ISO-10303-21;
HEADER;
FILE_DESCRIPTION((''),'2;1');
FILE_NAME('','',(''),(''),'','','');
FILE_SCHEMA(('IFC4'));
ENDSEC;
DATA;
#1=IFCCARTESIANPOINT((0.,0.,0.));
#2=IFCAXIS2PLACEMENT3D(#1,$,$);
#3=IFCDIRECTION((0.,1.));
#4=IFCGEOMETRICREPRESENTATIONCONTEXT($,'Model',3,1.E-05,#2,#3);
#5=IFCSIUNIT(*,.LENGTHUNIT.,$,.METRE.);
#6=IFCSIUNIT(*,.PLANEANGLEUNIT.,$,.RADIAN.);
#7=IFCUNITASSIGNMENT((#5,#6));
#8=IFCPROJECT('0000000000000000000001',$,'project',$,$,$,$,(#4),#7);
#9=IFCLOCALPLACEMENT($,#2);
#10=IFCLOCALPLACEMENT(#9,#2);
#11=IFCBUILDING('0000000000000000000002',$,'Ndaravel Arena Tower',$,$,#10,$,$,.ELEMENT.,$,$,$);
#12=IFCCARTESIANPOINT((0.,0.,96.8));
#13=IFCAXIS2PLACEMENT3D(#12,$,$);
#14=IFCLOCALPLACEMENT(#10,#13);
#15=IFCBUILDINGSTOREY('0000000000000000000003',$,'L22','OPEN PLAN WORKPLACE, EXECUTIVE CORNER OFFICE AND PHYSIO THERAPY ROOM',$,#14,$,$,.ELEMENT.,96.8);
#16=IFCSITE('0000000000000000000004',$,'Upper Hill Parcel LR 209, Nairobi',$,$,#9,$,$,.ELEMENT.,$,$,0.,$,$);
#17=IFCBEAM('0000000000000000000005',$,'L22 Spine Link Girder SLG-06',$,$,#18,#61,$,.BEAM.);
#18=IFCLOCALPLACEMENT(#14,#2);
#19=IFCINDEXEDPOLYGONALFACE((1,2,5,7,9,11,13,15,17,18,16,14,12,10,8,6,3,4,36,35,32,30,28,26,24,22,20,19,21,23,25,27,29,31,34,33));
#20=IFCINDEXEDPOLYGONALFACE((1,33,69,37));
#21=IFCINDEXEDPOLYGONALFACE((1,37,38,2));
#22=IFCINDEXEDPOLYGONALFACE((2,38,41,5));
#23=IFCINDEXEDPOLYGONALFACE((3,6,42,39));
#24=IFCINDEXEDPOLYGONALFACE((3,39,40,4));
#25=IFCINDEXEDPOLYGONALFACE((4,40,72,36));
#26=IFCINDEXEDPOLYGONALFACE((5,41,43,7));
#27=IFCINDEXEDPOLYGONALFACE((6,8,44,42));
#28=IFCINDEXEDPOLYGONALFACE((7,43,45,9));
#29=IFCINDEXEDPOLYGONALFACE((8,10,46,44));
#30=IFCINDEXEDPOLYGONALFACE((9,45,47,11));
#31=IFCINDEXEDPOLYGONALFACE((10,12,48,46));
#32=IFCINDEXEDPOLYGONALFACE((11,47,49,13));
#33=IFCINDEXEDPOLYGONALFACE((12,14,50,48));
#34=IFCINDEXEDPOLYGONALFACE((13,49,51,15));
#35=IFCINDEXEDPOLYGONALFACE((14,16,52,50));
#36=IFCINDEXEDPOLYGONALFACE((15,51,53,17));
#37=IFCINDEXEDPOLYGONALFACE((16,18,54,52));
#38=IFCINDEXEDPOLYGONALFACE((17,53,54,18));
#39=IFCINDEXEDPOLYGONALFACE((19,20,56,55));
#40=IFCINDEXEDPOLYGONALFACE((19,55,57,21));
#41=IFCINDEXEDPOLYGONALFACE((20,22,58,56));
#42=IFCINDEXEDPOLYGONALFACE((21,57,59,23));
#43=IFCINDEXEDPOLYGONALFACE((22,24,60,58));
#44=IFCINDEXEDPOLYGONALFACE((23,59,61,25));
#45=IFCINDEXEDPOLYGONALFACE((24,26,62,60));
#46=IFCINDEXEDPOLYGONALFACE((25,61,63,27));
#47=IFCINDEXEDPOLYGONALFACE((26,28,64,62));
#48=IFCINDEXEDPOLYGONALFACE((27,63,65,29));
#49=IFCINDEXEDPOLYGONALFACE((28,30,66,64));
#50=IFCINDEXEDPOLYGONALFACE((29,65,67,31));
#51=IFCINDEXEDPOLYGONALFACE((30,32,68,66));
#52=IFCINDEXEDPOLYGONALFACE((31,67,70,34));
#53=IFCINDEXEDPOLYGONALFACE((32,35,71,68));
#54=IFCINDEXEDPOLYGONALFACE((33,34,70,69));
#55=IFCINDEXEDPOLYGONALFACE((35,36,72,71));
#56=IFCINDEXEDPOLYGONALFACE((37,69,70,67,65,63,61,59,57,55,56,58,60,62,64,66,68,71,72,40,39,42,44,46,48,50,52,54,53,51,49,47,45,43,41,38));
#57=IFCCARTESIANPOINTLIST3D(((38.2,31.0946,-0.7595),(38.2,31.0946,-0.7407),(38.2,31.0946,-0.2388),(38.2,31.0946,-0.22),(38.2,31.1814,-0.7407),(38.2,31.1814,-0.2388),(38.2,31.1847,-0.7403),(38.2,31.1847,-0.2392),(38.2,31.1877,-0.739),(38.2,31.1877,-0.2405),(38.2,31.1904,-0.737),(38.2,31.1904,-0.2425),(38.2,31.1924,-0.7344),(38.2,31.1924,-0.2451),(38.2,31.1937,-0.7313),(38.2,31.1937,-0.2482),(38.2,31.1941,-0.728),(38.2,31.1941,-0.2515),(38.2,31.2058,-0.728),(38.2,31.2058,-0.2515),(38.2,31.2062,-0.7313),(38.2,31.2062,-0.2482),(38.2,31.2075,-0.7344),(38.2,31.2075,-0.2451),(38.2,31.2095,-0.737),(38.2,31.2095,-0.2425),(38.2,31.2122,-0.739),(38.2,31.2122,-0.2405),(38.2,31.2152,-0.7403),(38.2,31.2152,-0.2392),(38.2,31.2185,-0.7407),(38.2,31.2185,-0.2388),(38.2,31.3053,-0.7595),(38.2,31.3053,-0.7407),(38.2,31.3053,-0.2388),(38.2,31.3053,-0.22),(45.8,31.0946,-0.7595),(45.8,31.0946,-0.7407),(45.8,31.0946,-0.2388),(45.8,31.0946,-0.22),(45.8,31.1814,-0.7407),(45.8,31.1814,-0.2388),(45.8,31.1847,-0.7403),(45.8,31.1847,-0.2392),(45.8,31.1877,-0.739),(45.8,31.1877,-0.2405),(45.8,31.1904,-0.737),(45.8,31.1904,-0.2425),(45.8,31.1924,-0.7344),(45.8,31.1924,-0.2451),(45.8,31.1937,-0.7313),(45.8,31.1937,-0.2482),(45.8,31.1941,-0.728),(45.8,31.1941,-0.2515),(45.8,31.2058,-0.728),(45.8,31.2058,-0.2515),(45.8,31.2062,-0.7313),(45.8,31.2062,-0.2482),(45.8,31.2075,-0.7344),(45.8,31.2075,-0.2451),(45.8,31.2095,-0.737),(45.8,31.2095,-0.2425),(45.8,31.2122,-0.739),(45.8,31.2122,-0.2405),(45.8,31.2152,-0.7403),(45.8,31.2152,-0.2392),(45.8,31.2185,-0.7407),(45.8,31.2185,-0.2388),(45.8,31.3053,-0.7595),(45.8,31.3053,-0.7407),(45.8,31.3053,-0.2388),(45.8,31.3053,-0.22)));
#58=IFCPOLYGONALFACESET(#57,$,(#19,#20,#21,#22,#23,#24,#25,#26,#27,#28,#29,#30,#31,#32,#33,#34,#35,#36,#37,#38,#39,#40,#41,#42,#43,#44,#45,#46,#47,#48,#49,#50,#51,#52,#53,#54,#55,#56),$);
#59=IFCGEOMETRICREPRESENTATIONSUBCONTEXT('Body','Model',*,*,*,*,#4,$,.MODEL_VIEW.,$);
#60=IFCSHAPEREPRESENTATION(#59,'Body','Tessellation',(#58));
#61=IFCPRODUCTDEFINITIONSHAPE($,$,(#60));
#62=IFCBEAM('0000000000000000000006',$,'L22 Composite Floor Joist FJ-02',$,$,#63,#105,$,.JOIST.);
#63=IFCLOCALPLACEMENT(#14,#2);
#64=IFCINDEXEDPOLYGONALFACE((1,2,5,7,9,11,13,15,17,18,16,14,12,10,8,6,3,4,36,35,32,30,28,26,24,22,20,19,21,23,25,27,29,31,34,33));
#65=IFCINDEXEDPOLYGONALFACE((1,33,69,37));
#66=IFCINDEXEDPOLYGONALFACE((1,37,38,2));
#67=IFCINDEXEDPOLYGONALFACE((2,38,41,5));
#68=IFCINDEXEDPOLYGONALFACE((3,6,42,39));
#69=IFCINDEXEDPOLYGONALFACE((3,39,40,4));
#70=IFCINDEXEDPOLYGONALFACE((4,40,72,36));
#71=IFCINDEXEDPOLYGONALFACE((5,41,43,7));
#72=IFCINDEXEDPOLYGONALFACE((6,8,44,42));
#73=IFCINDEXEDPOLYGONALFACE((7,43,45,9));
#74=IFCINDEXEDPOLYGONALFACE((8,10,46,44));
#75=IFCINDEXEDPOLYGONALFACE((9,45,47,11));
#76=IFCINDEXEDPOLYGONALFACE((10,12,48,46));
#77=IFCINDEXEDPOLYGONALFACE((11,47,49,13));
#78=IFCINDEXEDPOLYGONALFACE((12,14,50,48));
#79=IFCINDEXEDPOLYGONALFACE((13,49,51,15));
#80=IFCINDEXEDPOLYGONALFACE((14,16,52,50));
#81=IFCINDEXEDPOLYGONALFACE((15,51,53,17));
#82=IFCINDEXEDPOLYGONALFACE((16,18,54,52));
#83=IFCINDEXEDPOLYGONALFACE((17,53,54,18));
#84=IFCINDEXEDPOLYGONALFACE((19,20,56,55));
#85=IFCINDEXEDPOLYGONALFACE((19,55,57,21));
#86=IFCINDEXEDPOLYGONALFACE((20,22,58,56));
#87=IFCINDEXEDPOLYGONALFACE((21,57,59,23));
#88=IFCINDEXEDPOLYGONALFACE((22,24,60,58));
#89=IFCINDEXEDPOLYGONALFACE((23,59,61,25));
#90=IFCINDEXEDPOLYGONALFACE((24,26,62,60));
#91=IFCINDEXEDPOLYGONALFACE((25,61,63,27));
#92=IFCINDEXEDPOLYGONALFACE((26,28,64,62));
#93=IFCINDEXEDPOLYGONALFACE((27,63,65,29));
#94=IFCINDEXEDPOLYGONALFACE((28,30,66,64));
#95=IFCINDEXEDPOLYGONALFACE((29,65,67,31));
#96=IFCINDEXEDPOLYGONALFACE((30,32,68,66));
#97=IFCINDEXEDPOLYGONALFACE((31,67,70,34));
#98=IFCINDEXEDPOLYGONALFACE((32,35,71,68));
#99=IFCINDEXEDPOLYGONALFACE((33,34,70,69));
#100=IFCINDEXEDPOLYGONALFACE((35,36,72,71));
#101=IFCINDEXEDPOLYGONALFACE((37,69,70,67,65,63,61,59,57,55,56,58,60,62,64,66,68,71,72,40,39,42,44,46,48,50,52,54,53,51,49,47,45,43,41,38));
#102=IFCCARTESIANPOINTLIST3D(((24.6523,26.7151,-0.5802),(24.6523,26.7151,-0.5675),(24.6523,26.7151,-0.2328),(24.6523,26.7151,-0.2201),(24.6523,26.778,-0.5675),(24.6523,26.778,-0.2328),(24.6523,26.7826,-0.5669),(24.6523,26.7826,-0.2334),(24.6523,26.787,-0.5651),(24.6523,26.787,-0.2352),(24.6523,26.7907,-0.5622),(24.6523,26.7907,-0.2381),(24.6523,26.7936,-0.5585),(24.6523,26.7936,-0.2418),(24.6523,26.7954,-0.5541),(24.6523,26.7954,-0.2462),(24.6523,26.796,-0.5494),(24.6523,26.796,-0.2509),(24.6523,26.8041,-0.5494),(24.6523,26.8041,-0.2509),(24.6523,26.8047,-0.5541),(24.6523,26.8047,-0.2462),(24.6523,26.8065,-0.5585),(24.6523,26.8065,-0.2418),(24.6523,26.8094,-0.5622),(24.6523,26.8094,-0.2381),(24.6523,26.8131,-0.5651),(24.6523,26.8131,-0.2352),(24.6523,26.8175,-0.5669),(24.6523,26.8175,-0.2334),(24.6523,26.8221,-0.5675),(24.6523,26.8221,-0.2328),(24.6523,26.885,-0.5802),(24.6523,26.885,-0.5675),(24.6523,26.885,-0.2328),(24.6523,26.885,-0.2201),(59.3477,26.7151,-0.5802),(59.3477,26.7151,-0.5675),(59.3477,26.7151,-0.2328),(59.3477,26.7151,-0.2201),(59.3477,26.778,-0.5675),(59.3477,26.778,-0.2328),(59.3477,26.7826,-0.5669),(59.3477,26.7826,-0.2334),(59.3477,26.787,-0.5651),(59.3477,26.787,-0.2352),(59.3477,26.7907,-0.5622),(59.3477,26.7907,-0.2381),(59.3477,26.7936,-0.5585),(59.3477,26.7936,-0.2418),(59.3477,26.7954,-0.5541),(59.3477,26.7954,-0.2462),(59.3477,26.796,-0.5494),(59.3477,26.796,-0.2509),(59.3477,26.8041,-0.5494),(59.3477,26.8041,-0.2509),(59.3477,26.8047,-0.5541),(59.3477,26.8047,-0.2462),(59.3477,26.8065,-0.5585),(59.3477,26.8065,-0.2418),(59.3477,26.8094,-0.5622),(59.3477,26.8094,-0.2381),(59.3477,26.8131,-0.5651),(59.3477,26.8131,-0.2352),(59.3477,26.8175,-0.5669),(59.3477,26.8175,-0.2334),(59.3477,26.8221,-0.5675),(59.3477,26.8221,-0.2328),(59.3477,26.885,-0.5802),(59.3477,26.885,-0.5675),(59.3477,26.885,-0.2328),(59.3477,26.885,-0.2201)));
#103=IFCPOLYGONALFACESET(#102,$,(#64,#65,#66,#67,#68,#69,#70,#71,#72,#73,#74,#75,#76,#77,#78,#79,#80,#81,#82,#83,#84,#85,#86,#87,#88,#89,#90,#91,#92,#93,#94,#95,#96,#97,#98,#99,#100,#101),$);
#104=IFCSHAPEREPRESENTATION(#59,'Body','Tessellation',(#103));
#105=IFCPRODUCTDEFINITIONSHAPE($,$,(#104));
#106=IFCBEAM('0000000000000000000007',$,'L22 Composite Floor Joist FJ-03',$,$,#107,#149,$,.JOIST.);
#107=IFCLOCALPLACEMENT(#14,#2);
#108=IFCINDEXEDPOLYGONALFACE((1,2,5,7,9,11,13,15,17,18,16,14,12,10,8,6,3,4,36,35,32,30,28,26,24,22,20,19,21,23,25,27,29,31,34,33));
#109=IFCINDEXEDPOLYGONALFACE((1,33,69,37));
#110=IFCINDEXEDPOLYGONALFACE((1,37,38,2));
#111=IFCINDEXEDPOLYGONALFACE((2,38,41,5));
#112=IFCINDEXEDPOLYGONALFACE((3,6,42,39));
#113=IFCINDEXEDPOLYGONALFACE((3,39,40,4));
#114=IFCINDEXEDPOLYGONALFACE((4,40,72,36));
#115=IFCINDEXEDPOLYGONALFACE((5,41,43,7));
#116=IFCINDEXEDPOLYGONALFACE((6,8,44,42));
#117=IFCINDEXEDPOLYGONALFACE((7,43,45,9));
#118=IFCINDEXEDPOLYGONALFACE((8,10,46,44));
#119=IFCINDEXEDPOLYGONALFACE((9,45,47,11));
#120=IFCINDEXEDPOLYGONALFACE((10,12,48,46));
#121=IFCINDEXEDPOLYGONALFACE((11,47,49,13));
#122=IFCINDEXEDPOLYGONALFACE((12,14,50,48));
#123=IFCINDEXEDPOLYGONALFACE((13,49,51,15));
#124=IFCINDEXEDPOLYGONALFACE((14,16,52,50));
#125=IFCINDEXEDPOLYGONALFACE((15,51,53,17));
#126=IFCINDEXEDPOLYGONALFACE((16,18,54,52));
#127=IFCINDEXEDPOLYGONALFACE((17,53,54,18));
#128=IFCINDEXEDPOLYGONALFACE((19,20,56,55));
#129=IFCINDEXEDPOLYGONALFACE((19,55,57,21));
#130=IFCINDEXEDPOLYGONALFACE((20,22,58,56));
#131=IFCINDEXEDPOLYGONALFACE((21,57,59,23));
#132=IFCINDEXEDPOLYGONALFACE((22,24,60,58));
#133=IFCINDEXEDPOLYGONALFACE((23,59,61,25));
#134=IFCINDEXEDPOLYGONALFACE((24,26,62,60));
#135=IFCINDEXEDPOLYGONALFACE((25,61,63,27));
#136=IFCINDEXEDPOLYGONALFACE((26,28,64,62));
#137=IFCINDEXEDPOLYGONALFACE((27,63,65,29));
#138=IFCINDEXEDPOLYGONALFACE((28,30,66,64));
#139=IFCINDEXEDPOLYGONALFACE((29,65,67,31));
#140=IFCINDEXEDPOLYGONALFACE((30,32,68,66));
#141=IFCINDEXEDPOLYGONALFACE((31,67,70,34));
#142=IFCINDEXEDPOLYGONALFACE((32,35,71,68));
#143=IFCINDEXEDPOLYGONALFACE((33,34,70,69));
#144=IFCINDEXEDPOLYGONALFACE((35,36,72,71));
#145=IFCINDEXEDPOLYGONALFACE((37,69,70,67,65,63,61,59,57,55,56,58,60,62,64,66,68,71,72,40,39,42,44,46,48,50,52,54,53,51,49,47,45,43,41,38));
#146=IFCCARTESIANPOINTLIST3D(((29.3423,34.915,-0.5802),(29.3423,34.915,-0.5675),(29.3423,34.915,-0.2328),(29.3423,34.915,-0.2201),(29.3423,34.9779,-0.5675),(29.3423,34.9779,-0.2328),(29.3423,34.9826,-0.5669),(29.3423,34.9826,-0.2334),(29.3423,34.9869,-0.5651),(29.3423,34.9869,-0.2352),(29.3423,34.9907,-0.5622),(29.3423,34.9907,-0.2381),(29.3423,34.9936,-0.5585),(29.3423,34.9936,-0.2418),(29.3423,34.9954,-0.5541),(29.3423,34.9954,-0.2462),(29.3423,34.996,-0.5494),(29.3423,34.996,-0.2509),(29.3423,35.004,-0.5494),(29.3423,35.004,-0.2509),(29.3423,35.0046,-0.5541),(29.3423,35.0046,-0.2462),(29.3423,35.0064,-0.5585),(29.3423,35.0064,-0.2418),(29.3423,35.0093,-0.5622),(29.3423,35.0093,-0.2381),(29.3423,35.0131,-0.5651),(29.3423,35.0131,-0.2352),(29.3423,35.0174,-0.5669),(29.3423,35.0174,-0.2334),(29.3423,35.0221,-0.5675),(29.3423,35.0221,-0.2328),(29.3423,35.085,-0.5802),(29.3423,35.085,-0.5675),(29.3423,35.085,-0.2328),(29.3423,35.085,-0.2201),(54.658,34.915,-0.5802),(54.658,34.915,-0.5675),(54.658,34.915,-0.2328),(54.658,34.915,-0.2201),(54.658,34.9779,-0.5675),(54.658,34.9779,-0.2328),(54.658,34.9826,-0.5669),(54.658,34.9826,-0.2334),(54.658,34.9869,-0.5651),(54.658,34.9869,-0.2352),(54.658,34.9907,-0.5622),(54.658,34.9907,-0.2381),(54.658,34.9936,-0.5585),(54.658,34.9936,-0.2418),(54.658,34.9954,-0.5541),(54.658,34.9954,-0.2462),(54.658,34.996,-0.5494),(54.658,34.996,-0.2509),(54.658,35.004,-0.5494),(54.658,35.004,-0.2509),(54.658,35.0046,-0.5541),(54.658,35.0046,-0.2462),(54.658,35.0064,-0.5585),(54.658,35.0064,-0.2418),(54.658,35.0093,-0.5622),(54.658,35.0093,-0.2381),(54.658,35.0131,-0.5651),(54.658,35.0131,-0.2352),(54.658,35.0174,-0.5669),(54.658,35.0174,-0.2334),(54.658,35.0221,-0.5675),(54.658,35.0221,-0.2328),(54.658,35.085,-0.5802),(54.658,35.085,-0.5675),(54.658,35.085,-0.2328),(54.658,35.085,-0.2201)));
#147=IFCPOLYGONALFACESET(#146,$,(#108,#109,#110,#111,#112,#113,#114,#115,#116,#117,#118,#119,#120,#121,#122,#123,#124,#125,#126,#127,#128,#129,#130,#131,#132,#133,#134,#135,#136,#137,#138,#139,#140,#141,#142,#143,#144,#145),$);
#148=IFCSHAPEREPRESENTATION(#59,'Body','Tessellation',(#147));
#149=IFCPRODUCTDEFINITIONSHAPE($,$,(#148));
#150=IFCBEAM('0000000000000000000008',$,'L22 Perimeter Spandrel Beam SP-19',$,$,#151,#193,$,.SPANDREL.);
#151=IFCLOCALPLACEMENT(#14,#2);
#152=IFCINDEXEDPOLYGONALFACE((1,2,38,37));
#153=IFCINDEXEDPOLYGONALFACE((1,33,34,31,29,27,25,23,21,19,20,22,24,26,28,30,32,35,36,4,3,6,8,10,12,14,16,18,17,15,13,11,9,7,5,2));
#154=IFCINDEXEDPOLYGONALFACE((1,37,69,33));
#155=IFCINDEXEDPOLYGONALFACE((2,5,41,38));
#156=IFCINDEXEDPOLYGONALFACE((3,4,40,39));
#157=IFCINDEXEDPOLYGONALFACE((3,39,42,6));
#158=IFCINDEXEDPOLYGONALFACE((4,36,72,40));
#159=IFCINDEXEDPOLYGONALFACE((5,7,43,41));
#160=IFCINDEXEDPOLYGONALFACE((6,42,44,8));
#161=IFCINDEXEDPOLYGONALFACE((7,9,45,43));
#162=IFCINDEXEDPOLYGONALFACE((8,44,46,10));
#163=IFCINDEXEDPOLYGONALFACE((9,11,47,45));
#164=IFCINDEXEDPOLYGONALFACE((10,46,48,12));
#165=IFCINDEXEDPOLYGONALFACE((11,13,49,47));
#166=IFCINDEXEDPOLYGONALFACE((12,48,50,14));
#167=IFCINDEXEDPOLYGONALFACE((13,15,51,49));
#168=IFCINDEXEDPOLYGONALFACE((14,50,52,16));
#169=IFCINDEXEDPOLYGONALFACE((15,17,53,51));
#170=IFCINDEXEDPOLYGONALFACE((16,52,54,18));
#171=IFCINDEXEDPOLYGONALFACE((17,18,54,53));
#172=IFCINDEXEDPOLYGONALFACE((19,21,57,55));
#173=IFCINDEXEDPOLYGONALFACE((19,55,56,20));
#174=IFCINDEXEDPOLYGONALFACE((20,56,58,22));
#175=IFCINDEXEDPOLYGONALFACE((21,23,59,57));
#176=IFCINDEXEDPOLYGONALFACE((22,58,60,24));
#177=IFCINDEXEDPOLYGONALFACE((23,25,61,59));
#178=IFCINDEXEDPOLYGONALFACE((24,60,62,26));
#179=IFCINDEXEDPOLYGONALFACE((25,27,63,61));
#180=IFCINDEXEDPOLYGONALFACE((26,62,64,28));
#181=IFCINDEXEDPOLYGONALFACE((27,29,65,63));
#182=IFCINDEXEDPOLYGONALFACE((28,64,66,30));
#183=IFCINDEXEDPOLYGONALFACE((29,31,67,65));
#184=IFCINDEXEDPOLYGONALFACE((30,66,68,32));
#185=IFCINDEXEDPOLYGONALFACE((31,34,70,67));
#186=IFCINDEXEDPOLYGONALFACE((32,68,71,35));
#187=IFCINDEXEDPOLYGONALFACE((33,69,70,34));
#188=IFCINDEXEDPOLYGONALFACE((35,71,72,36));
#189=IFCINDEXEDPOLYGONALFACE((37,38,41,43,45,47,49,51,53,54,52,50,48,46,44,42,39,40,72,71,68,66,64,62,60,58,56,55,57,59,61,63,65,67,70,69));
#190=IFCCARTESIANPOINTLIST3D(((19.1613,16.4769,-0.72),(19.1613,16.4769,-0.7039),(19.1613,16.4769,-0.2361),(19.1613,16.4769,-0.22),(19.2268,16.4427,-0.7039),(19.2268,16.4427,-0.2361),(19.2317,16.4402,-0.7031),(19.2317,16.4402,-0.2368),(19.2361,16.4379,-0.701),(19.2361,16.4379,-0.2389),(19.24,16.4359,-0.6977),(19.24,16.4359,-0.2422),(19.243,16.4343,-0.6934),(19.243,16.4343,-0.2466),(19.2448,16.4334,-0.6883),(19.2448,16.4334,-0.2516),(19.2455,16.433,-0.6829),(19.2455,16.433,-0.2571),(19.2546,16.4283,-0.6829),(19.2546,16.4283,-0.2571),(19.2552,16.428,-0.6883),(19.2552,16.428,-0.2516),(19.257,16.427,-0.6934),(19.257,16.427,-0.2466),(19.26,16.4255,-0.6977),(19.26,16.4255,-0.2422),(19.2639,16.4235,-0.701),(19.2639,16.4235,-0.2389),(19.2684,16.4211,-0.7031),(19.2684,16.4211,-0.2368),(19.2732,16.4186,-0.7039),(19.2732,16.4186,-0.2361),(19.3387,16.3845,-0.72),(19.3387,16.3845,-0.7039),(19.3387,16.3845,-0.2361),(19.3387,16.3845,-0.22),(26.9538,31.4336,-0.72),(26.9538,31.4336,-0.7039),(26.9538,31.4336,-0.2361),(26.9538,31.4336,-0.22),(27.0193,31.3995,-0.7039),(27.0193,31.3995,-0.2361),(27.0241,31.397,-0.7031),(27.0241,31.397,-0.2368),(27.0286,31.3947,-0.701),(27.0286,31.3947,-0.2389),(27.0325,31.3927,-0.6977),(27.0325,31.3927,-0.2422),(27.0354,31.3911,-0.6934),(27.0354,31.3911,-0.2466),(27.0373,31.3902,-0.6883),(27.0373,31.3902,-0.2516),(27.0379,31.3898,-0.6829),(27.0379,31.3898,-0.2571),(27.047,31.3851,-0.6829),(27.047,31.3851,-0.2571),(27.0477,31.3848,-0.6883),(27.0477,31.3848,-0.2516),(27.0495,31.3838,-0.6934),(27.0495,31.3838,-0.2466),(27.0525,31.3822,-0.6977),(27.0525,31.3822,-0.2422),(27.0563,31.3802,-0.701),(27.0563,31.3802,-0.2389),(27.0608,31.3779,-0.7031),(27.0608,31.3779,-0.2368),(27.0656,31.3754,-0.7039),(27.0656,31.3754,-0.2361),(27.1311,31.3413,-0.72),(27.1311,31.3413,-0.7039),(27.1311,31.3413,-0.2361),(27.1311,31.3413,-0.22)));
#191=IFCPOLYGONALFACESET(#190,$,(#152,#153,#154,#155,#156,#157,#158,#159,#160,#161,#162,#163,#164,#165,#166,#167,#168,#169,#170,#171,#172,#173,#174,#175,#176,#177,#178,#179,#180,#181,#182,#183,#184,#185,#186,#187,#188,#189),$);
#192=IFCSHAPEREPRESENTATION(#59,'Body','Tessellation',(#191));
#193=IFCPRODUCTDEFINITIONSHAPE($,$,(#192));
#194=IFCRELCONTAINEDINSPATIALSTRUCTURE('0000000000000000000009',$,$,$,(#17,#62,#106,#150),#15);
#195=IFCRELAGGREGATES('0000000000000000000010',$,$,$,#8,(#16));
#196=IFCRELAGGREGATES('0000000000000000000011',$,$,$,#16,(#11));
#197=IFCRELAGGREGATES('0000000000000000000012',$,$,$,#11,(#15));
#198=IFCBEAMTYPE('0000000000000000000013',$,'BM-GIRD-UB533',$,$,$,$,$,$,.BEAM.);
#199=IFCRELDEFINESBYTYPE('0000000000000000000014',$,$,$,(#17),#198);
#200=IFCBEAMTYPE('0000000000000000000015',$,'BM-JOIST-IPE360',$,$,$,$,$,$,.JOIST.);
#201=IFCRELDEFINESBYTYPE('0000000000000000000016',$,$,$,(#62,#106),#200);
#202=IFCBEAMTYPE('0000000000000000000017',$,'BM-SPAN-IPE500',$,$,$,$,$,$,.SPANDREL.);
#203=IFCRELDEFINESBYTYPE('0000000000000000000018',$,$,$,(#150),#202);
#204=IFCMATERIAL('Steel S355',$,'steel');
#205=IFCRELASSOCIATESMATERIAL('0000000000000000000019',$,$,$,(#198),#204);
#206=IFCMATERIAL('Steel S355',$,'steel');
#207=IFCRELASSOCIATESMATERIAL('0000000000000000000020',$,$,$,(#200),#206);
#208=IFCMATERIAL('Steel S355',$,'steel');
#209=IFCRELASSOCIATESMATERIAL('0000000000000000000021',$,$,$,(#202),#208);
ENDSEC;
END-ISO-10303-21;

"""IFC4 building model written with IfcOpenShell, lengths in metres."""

from ifc_helpers import new_model, si_unit, direction, frame, origin, origin_2d, place, context, subcontext, project, spatial, i_section, extrude, material, material_profile, profile_set, type_object, element, save


model = new_model("IFC4")

# Units and contexts
model_context = context("Model", 3, precision=1e-05, world=origin(), true_north=direction((0.0, 1.0)))
body_context = subcontext(model_context, "Body", "Model", "MODEL_VIEW")
ifc_project = project(units=[si_unit("LENGTHUNIT", "METRE"), si_unit("PLANEANGLEUNIT", "RADIAN")], contexts=[model_context])

# Site, building, storey
site_placement = place(None, origin())
site = spatial("IfcSite", under=ifc_project, at=site_placement, Name="Upper Hill Parcel LR 209, Nairobi", CompositionType="ELEMENT", RefElevation=0.0)
building_placement = place(site_placement, origin())
building = spatial("IfcBuilding", under=site, at=building_placement, Name="Ndaravel Arena Tower", CompositionType="ELEMENT")
storey_placement = place(building_placement, frame((0.0, 0.0, 96.8)))
storey = spatial("IfcBuildingStorey", under=building, at=storey_placement, Name="L22", Description="OPEN PLAN WORKPLACE, EXECUTIVE CORNER OFFICE AND PHYSIO THERAPY ROOM", CompositionType="ELEMENT", Elevation=96.8)

# Beams
ifc_material_1 = material(Name="Steel S355", Category="steel")
ifc_material_profile_1 = material_profile(ifc_material_1, i_section(OverallWidth=0.2107, OverallDepth=0.5396, WebThickness=0.0117, FlangeThickness=0.0188, FilletRadius=0.0127, at=origin_2d()), Name="UB 533x210x109")
ifc_profile_set_1 = profile_set([ifc_material_profile_1], Name="Steel S355")
beam_type_1 = type_object("IfcBeamType", Name="BM-GIRD-UB533", PredefinedType="BEAM", material=ifc_profile_set_1)
beam_1_placement = place(storey_placement, frame((38.2, 31.2, -0.4897), z_axis=(1.0, 0.0, 0.0), x_axis=(0.0, 1.0, 0.0)))
element("IfcBeam", 1, at=beam_1_placement, inside=storey, type_object=beam_type_1, Name="L22 Spine Link Girder SLG-06", PredefinedType="BEAM", context=body_context, shape_type="SweptSolid", body=[
    extrude(i_section(OverallWidth=0.2107, OverallDepth=0.5396, WebThickness=0.0117, FlangeThickness=0.0188, FilletRadius=0.0127, at=origin_2d()), origin(), (0.0, 0.0, 1.0), 7.6001),
])
ifc_material_2 = material(Name="Steel S355", Category="steel")
ifc_material_profile_2 = material_profile(ifc_material_2, i_section(OverallWidth=0.1699, OverallDepth=0.3601, WebThickness=0.0081, FlangeThickness=0.0127, FilletRadius=0.0181, at=origin_2d()), Name="IPE 360")
ifc_profile_set_2 = profile_set([ifc_material_profile_2], Name="Steel S355")
beam_type_2 = type_object("IfcBeamType", Name="BM-JOIST-IPE360", PredefinedType="JOIST", material=ifc_profile_set_2)
beam_2_placement = place(storey_placement, frame((24.6523, 26.8, -0.4001), z_axis=(1.0, 0.0, 0.0), x_axis=(0.0, 1.0, 0.0)))
element("IfcBeam", 2, at=beam_2_placement, inside=storey, type_object=beam_type_2, Name="L22 Composite Floor Joist FJ-02", PredefinedType="JOIST", context=body_context, shape_type="SweptSolid", body=[
    extrude(i_section(OverallWidth=0.1699, OverallDepth=0.3601, WebThickness=0.0081, FlangeThickness=0.0127, FilletRadius=0.0181, at=origin_2d()), origin(), (0.0, 0.0, 1.0), 34.6953),
])
beam_3_placement = place(storey_placement, frame((29.3423, 35.0, -0.4001), z_axis=(1.0, 0.0, 0.0), x_axis=(0.0, 1.0, 0.0)))
element("IfcBeam", 3, at=beam_3_placement, inside=storey, type_object=beam_type_2, Name="L22 Composite Floor Joist FJ-03", PredefinedType="JOIST", context=body_context, shape_type="SweptSolid", body=[
    extrude(i_section(OverallWidth=0.1699, OverallDepth=0.3601, WebThickness=0.0081, FlangeThickness=0.0127, FilletRadius=0.0181, at=origin_2d()), origin(), (0.0, 0.0, 1.0), 25.3157),
])
ifc_material_3 = material(Name="Steel S355", Category="steel")
ifc_material_profile_3 = material_profile(ifc_material_3, i_section(OverallWidth=0.2, OverallDepth=0.5, WebThickness=0.0103, FlangeThickness=0.0161, FilletRadius=0.021, at=origin_2d()), Name="IPE 500")
ifc_profile_set_3 = profile_set([ifc_material_profile_3], Name="Steel S355")
beam_type_3 = type_object("IfcBeamType", Name="BM-SPAN-IPE500", PredefinedType="SPANDREL", material=ifc_profile_set_3)
beam_4_placement = place(storey_placement, frame((27.0425, 31.3875, -0.47), z_axis=(-0.46205, -0.886854, 0.0), x_axis=(0.886854, -0.46205, 0.0)))
element("IfcBeam", 4, at=beam_4_placement, inside=storey, type_object=beam_type_3, Name="L22 Perimeter Spandrel Beam SP-19", PredefinedType="SPANDREL", context=body_context, shape_type="SweptSolid", body=[
    extrude(i_section(OverallWidth=0.2, OverallDepth=0.5, WebThickness=0.0103, FlangeThickness=0.0161, FilletRadius=0.021, at=origin_2d()), origin(), (0.0, 0.0, 1.0), 16.865),
])

save(model, "model.ifc")
